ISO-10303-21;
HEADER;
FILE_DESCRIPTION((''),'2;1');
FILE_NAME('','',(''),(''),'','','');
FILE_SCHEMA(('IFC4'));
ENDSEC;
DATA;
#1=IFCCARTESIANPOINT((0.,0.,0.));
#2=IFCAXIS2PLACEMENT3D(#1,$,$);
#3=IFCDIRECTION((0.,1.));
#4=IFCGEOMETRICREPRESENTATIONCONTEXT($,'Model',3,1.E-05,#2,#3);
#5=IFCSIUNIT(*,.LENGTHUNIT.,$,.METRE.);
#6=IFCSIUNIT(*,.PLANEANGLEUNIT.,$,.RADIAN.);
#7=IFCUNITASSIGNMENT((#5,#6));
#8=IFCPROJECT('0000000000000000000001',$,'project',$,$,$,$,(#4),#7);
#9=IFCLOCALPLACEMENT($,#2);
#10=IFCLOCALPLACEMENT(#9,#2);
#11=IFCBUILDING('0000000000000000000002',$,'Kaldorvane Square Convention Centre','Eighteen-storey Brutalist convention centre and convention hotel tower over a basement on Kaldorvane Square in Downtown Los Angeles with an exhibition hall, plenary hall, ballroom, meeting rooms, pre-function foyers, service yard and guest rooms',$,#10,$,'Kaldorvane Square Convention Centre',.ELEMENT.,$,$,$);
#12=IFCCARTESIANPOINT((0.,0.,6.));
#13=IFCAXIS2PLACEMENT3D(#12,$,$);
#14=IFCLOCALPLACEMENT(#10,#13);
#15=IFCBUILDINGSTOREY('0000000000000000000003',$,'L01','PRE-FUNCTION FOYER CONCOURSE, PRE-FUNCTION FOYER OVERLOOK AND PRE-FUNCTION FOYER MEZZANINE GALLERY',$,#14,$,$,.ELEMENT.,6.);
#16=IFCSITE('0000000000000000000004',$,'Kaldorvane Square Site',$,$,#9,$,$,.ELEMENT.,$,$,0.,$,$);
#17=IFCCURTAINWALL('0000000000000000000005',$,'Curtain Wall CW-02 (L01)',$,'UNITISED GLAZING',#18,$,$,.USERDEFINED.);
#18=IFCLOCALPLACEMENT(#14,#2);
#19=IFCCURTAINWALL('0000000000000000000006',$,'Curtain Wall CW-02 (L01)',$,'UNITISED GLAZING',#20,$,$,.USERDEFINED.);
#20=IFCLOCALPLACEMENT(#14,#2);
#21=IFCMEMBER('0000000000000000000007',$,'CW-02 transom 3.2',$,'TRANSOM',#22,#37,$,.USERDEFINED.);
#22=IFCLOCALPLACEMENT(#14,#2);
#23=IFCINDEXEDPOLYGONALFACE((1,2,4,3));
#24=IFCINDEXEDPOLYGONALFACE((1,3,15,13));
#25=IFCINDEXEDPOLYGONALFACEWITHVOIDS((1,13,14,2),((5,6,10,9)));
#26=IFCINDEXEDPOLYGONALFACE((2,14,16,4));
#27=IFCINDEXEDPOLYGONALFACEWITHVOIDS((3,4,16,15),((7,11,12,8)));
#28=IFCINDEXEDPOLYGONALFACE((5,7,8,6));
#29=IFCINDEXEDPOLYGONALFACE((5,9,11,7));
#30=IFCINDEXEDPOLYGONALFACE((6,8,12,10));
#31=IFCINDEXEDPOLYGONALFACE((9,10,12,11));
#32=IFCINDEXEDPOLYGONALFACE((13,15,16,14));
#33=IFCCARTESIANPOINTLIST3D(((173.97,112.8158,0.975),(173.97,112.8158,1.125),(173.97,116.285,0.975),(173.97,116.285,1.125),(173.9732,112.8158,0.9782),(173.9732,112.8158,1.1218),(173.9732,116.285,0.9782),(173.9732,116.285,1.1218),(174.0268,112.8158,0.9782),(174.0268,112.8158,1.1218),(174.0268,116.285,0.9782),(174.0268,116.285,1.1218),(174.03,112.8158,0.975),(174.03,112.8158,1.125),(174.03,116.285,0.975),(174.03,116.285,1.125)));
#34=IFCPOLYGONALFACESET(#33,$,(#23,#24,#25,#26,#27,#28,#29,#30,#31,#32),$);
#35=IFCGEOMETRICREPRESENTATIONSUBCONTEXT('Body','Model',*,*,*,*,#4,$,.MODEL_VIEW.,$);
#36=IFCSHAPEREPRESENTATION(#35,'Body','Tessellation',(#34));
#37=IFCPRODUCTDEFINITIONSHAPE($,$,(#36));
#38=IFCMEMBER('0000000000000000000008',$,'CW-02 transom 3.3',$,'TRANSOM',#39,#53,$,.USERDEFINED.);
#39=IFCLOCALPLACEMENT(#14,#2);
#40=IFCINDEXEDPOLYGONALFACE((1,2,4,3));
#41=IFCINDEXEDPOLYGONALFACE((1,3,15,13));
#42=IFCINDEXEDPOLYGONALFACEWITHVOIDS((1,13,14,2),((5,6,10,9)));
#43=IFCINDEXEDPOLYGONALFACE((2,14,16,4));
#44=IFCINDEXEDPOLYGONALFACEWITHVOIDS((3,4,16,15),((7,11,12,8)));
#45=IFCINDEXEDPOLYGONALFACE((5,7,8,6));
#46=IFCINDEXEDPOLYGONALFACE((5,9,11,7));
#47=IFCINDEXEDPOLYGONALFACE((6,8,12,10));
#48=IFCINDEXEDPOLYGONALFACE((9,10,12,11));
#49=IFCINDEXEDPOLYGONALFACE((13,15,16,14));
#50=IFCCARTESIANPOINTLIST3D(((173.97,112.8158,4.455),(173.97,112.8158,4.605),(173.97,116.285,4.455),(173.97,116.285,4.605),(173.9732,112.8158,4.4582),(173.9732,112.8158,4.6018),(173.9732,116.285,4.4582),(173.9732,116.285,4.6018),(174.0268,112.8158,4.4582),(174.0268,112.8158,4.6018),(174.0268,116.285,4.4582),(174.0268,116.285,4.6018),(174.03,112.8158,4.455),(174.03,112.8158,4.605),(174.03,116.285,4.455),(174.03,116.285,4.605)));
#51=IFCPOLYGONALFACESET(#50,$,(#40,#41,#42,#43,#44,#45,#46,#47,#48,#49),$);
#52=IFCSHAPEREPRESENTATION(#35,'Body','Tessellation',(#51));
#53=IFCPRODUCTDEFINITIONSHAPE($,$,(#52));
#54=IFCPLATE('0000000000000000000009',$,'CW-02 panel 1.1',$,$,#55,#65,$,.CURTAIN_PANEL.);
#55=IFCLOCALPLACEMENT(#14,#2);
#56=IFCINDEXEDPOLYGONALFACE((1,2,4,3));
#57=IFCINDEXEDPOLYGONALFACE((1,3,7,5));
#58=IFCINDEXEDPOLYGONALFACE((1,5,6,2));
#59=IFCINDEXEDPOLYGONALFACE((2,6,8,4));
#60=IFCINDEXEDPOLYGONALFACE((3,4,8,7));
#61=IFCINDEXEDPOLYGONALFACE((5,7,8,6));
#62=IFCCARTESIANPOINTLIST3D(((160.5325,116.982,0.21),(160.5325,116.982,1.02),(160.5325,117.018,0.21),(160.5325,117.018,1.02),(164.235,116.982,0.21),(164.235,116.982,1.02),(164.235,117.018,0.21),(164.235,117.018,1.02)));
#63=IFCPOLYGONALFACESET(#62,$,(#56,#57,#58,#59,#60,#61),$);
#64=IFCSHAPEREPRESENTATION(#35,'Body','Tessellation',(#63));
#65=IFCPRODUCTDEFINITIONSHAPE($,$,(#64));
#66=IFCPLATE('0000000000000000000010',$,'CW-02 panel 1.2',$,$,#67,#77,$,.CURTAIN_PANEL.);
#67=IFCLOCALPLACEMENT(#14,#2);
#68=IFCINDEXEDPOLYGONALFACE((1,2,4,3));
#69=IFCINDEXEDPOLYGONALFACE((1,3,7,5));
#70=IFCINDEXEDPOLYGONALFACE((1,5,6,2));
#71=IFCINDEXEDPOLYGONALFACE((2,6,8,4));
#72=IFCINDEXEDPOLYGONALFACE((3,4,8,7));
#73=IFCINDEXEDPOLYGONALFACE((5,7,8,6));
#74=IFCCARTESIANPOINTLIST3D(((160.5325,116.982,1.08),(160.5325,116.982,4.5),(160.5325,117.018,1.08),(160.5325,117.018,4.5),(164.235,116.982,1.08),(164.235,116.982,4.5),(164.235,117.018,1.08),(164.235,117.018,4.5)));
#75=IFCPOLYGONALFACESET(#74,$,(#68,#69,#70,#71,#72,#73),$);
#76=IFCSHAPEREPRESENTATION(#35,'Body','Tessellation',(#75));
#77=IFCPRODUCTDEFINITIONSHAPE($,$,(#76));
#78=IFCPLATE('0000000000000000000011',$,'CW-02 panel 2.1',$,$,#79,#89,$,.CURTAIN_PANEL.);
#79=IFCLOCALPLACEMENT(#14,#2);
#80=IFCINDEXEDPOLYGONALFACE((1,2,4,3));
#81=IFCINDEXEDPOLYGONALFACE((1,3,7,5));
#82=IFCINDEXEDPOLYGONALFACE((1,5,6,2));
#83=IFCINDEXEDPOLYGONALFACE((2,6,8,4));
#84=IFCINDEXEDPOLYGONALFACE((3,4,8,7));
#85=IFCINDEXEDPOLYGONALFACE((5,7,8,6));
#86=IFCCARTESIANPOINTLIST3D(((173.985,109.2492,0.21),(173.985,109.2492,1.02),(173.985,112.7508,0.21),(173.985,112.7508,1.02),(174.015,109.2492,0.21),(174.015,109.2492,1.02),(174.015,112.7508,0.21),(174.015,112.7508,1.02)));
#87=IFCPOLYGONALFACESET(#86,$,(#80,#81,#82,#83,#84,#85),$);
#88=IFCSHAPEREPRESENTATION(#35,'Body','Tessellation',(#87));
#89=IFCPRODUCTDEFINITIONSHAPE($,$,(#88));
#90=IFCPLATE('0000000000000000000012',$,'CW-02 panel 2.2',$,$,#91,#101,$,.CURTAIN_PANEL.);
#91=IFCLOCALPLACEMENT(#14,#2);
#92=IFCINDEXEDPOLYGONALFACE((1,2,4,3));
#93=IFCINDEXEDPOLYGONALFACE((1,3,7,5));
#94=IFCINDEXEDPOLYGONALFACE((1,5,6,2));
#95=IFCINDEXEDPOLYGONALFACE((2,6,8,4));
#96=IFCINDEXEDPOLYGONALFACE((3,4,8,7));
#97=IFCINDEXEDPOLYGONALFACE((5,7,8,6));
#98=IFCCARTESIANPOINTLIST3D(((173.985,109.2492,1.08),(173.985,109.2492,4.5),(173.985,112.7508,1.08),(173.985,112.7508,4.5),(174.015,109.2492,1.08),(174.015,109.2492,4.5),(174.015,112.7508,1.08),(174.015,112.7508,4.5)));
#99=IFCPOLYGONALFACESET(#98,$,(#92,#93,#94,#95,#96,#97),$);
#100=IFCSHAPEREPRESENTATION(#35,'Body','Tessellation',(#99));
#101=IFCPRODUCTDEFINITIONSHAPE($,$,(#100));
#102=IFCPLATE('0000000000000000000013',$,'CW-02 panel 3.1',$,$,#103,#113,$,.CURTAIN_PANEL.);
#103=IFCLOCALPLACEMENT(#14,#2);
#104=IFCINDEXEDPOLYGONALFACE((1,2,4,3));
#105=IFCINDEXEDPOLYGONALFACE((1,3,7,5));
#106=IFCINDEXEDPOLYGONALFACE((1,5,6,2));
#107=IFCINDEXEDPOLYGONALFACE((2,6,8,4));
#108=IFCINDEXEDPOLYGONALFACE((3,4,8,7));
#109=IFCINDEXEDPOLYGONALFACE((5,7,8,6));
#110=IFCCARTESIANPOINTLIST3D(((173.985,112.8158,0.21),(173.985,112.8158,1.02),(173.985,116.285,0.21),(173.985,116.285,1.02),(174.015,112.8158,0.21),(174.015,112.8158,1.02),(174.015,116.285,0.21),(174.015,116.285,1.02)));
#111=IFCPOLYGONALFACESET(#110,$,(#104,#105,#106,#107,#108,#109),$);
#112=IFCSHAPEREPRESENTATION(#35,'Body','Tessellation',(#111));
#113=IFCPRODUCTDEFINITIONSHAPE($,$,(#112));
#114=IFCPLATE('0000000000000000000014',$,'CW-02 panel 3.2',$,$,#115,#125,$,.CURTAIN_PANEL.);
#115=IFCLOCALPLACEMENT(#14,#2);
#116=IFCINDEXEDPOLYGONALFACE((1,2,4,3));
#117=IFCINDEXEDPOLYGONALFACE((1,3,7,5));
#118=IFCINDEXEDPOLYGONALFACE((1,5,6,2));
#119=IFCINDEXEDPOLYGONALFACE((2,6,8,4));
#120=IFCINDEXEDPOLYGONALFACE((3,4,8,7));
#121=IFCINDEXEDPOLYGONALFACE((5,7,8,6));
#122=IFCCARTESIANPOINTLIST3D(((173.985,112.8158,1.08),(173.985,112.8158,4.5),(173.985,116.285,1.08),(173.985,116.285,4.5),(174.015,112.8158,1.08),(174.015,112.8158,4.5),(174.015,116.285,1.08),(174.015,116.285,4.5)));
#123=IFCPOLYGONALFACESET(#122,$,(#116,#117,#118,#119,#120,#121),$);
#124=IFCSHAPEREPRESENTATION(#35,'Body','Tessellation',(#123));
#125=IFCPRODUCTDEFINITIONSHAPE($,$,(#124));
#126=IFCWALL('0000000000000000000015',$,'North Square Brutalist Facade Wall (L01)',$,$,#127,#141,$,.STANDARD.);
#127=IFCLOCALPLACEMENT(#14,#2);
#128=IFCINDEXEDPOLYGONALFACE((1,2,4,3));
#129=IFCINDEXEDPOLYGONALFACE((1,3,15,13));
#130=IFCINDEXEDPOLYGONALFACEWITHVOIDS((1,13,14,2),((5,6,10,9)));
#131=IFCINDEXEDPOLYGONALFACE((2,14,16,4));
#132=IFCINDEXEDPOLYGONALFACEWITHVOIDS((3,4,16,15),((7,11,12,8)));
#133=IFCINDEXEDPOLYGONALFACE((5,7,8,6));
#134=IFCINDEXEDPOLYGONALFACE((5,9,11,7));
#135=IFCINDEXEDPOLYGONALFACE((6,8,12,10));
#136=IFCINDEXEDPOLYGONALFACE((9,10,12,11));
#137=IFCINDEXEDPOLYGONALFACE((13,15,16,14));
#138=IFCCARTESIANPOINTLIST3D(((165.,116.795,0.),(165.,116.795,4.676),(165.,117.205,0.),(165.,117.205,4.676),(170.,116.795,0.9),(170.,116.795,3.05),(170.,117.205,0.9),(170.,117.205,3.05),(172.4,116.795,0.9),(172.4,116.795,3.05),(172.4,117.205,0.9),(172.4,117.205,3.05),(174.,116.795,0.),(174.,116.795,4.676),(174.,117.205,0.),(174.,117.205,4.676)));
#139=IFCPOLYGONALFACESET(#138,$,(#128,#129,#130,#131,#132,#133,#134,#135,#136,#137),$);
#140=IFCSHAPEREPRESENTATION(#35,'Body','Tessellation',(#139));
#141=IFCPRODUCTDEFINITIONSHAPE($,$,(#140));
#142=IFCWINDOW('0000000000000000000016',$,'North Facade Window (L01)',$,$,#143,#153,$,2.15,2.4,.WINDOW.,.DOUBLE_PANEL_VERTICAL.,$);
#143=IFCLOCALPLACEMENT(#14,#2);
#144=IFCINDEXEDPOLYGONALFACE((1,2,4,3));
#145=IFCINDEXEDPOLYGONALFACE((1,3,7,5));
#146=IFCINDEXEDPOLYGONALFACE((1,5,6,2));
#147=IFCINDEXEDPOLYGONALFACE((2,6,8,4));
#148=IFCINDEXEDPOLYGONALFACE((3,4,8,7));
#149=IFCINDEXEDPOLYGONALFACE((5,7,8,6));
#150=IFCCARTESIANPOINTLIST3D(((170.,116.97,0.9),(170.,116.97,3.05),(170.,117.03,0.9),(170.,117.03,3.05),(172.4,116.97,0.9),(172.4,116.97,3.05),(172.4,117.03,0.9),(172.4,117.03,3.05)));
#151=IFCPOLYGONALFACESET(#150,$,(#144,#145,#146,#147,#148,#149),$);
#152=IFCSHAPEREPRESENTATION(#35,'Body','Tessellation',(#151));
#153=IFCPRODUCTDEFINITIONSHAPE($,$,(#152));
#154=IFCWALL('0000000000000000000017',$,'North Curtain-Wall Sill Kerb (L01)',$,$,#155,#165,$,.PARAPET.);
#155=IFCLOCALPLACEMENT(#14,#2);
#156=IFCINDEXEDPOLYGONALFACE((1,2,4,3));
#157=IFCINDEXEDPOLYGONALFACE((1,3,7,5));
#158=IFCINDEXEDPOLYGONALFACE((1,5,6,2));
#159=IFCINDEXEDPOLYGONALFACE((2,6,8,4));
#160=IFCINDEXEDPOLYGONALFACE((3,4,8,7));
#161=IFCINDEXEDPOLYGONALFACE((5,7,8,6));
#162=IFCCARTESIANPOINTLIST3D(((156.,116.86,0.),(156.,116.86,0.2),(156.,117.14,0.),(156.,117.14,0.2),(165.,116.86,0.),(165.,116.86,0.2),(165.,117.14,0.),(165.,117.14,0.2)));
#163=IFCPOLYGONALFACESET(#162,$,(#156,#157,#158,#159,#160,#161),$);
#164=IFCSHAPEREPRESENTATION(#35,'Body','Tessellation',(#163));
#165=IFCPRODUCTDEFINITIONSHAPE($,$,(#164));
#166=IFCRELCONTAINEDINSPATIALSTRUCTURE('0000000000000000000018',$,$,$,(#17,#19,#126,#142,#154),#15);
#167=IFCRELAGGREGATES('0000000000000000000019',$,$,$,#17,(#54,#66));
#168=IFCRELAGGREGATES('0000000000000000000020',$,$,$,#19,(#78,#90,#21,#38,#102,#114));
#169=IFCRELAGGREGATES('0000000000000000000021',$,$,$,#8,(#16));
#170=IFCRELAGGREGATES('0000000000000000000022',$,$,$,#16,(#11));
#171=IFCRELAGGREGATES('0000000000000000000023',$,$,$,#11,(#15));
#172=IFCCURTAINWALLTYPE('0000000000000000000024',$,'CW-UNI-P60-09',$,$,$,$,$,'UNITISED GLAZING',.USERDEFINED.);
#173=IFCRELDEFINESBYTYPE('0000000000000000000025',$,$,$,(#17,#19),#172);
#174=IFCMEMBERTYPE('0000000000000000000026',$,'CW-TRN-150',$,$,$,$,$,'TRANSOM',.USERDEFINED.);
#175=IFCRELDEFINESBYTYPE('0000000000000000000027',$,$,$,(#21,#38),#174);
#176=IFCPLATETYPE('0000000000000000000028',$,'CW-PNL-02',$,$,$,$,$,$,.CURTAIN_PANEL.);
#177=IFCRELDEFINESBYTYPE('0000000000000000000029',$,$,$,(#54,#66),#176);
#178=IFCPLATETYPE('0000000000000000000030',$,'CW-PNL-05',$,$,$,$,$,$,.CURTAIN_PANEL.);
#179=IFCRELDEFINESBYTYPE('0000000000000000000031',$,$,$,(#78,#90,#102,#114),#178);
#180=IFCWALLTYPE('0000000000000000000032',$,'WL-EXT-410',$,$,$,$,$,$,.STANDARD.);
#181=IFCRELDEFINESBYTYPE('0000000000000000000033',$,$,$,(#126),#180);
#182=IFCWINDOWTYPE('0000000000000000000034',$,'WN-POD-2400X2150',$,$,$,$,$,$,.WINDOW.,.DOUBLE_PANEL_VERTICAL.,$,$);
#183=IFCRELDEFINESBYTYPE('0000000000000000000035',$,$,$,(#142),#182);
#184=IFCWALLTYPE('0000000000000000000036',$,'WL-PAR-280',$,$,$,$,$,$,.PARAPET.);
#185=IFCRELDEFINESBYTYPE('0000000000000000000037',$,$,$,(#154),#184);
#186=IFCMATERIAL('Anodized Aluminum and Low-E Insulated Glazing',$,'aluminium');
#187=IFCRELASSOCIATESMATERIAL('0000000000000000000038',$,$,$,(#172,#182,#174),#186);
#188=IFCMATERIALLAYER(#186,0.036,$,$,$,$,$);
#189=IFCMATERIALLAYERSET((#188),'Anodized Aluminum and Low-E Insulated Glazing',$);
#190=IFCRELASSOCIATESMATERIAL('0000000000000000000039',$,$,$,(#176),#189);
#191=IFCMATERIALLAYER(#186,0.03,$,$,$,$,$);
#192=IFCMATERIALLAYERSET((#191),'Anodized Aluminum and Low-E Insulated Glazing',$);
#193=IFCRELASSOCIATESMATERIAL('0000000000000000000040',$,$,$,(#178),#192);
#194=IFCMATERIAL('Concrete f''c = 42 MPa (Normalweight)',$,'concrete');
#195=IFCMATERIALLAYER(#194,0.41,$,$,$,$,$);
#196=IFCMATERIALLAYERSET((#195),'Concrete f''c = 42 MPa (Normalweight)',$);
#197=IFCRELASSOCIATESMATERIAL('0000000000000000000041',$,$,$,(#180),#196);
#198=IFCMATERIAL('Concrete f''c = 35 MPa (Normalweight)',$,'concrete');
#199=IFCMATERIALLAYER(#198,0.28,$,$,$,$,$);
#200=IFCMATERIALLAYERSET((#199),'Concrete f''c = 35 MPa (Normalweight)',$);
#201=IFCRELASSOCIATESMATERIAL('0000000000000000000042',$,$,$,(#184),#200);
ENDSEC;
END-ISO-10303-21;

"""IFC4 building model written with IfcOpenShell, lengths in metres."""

from ifc_helpers import new_model, si_unit, direction, frame, frame_2d, origin, origin_2d, place, context, subcontext, project, spatial, rectangle, hollow_rectangle, extrude, material, layer, layer_set, material_profile, profile_set, type_object, element, fill, aggregate, save


model = new_model("IFC4")

# Units and contexts
model_context = context("Model", 3, precision=1e-05, world=origin(), true_north=direction((0.0, 1.0)))
body_context = subcontext(model_context, "Body", "Model", "MODEL_VIEW")
ifc_project = project(units=[si_unit("LENGTHUNIT", "METRE"), si_unit("PLANEANGLEUNIT", "RADIAN")], contexts=[model_context])

# Site, building, storey
site_placement = place(None, origin())
site = spatial("IfcSite", under=ifc_project, at=site_placement, Name="Kaldorvane Square Site", CompositionType="ELEMENT", RefElevation=0.0)
building_placement = place(site_placement, origin())
building = spatial("IfcBuilding", under=site, at=building_placement, Name="Kaldorvane Square Convention Centre", Description="Eighteen-storey Brutalist convention centre and convention hotel tower over a basement on Kaldorvane Square in Downtown Los Angeles with an exhibition hall, plenary hall, ballroom, meeting rooms, pre-function foyers, service yard and guest rooms", LongName="Kaldorvane Square Convention Centre", CompositionType="ELEMENT")
storey_placement = place(building_placement, frame((0.0, 0.0, 6.0)))
storey = spatial("IfcBuildingStorey", under=building, at=storey_placement, Name="L01", Description="PRE-FUNCTION FOYER CONCOURSE, PRE-FUNCTION FOYER OVERLOOK AND PRE-FUNCTION FOYER MEZZANINE GALLERY", CompositionType="ELEMENT", Elevation=6.0)

# Shared definitions
ifc_material_1 = material(Name="Concrete f'c = 42 MPa (Normalweight)", Category="concrete")

# Curtain walls
ifc_material_2 = material(Name="Anodized Aluminum and Low-E Insulated Glazing", Category="aluminium")
curtain_wall_type = type_object("IfcCurtainWallType", Name="CW-UNI-P60-09", ElementType="UNITISED GLAZING", PredefinedType="USERDEFINED", material=ifc_material_2)
curtain_wall_1_placement = place(storey_placement, origin())
curtain_wall_1 = element("IfcCurtainWall", 1, at=curtain_wall_1_placement, inside=storey, type_object=curtain_wall_type, Name="Curtain Wall CW-02 (L01)", ObjectType="UNITISED GLAZING", PredefinedType="USERDEFINED")
curtain_wall_2_placement = place(storey_placement, origin())
curtain_wall_2 = element("IfcCurtainWall", 2, at=curtain_wall_2_placement, inside=storey, type_object=curtain_wall_type, Name="Curtain Wall CW-02 (L01)", ObjectType="UNITISED GLAZING", PredefinedType="USERDEFINED")

# Members
ifc_material_profile_1 = material_profile(ifc_material_2, hollow_rectangle(XDim=0.06, YDim=0.15, WallThickness=0.0032, at=origin_2d()), Name="CWT-150X60")
ifc_profile_set_1 = profile_set([ifc_material_profile_1], Name="Anodized Aluminum and Low-E Insulated Glazing")
member_type_1 = type_object("IfcMemberType", Name="CW-TRN-150", ElementType="TRANSOM", PredefinedType="USERDEFINED", material=ifc_profile_set_1)
member_1_placement = place(storey_placement, frame((174.0, 112.8158, 1.05), z_axis=(0.0, 1.0, 0.0), x_axis=(-1.0, 0.0, 0.0)))
member_1 = element("IfcMember", 3, at=member_1_placement, type_object=member_type_1, Name="CW-02 transom 3.2", ObjectType="TRANSOM", PredefinedType="USERDEFINED", context=body_context, shape_type="SweptSolid", body=[
    extrude(hollow_rectangle(XDim=0.06, YDim=0.15, WallThickness=0.0032, at=origin_2d()), origin(), (0.0, 0.0, 1.0), 3.4692),
])
member_2_placement = place(storey_placement, frame((174.0, 112.8158, 4.53), z_axis=(0.0, 1.0, 0.0), x_axis=(-1.0, 0.0, 0.0)))
member_2 = element("IfcMember", 4, at=member_2_placement, type_object=member_type_1, Name="CW-02 transom 3.3", ObjectType="TRANSOM", PredefinedType="USERDEFINED", context=body_context, shape_type="SweptSolid", body=[
    extrude(hollow_rectangle(XDim=0.06, YDim=0.15, WallThickness=0.0032, at=origin_2d()), origin(), (0.0, 0.0, 1.0), 3.4692),
])

# Plates
ifc_layer_1 = layer(ifc_material_2, 0.036)
ifc_layer_set_1 = layer_set([ifc_layer_1], Name="Anodized Aluminum and Low-E Insulated Glazing")
plate_type_1 = type_object("IfcPlateType", Name="CW-PNL-02", PredefinedType="CURTAIN_PANEL", material=ifc_layer_set_1)
plate_1_placement = place(storey_placement, frame((162.3837, 117.0, 0.21), z_axis=(0.0, 0.0, 1.0), x_axis=(-1.0, 0.0, 0.0)))
plate_1 = element("IfcPlate", 5, at=plate_1_placement, type_object=plate_type_1, Name="CW-02 panel 1.1", PredefinedType="CURTAIN_PANEL", context=body_context, shape_type="SweptSolid", body=[
    extrude(rectangle(XDim=3.7025, YDim=0.036, at=origin_2d()), origin(), (0.0, 0.0, 1.0), 0.81),
])
plate_2_placement = place(storey_placement, frame((162.3837, 117.0, 1.08), z_axis=(0.0, 0.0, 1.0), x_axis=(-1.0, 0.0, 0.0)))
plate_2 = element("IfcPlate", 6, at=plate_2_placement, type_object=plate_type_1, Name="CW-02 panel 1.2", PredefinedType="CURTAIN_PANEL", context=body_context, shape_type="SweptSolid", body=[
    extrude(rectangle(XDim=3.7025, YDim=0.036, at=origin_2d()), origin(), (0.0, 0.0, 1.0), 3.42),
])
aggregate(curtain_wall_1, [plate_1, plate_2])
ifc_layer_2 = layer(ifc_material_2, 0.03)
ifc_layer_set_2 = layer_set([ifc_layer_2], Name="Anodized Aluminum and Low-E Insulated Glazing")
plate_type_2 = type_object("IfcPlateType", Name="CW-PNL-05", PredefinedType="CURTAIN_PANEL", material=ifc_layer_set_2)
plate_3_placement = place(storey_placement, frame((174.0, 111.0, 0.21), z_axis=(0.0, 0.0, 1.0), x_axis=(0.0, 1.0, 0.0)))
plate_3 = element("IfcPlate", 7, at=plate_3_placement, type_object=plate_type_2, Name="CW-02 panel 2.1", PredefinedType="CURTAIN_PANEL", context=body_context, shape_type="SweptSolid", body=[
    extrude(rectangle(XDim=3.5017, YDim=0.03, at=origin_2d()), origin(), (0.0, 0.0, 1.0), 0.81),
])
plate_4_placement = place(storey_placement, frame((174.0, 111.0, 1.08), z_axis=(0.0, 0.0, 1.0), x_axis=(0.0, 1.0, 0.0)))
plate_4 = element("IfcPlate", 8, at=plate_4_placement, type_object=plate_type_2, Name="CW-02 panel 2.2", PredefinedType="CURTAIN_PANEL", context=body_context, shape_type="SweptSolid", body=[
    extrude(rectangle(XDim=3.5017, YDim=0.03, at=origin_2d()), origin(), (0.0, 0.0, 1.0), 3.42),
])
plate_5_placement = place(storey_placement, frame((174.0, 114.5504, 0.21), z_axis=(0.0, 0.0, 1.0), x_axis=(0.0, 1.0, 0.0)))
plate_5 = element("IfcPlate", 9, at=plate_5_placement, type_object=plate_type_2, Name="CW-02 panel 3.1", PredefinedType="CURTAIN_PANEL", context=body_context, shape_type="SweptSolid", body=[
    extrude(rectangle(XDim=3.4692, YDim=0.03, at=origin_2d()), origin(), (0.0, 0.0, 1.0), 0.81),
])
plate_6_placement = place(storey_placement, frame((174.0, 114.5504, 1.08), z_axis=(0.0, 0.0, 1.0), x_axis=(0.0, 1.0, 0.0)))
plate_6 = element("IfcPlate", 10, at=plate_6_placement, type_object=plate_type_2, Name="CW-02 panel 3.2", PredefinedType="CURTAIN_PANEL", context=body_context, shape_type="SweptSolid", body=[
    extrude(rectangle(XDim=3.4692, YDim=0.03, at=origin_2d()), origin(), (0.0, 0.0, 1.0), 3.42),
])
aggregate(curtain_wall_2, [plate_3, plate_4, member_1, member_2, plate_5, plate_6])

# Wall, opening, window
ifc_layer_3 = layer(ifc_material_1, 0.41)
ifc_layer_set_3 = layer_set([ifc_layer_3], Name="Concrete f'c = 42 MPa (Normalweight)")
wall_type_1 = type_object("IfcWallType", Name="WL-EXT-410", PredefinedType="STANDARD", material=ifc_layer_set_3)
wall_1_placement = place(storey_placement, frame((174.0, 117.0, 0.0), z_axis=(0.0, 0.0, 1.0), x_axis=(-1.0, 0.0, 0.0)))
wall_1 = element("IfcWall", 11, at=wall_1_placement, inside=storey, type_object=wall_type_1, Name="North Square Brutalist Facade Wall (L01)", PredefinedType="STANDARD", context=body_context, shape_type="SweptSolid", body=[
    extrude(rectangle(XDim=9.0, YDim=0.41, at=frame_2d((4.5, 0.0))), origin(), (0.0, 0.0, 1.0), 4.676),
])
opening_placement = place(wall_1_placement, frame((1.6, 0.0, 0.9)))
opening = element("IfcOpeningElement", 12, at=opening_placement, cuts=wall_1, PredefinedType="OPENING", context=body_context, shape_type="SweptSolid", body=[
    extrude(rectangle(XDim=2.4, YDim=2.15, at=frame_2d((1.2, 1.075))), frame((0.0, 0.22, 0.0), z_axis=(0.0, -1.0, 0.0), x_axis=(1.0, 0.0, 0.0)), (0.0, 0.0, 1.0), 0.44),
])
window_type = type_object("IfcWindowType", Name="WN-POD-2400X2150", PartitioningType="DOUBLE_PANEL_VERTICAL", PredefinedType="WINDOW", material=ifc_material_2)
window_placement = place(opening_placement, origin())
window = element("IfcWindow", 13, at=window_placement, inside=storey, type_object=window_type, Name="North Facade Window (L01)", OverallHeight=2.15, OverallWidth=2.4, PartitioningType="DOUBLE_PANEL_VERTICAL", PredefinedType="WINDOW", context=body_context, shape_type="SweptSolid", body=[
    extrude(rectangle(XDim=2.4, YDim=2.15, at=frame_2d((1.2, 1.075))), frame((0.0, 0.03, 0.0), z_axis=(0.0, -1.0, 0.0), x_axis=(1.0, 0.0, 0.0)), (0.0, 0.0, 1.0), 0.06),
])
fill(opening, window)

# Wall
ifc_material_3 = material(Name="Concrete f'c = 35 MPa (Normalweight)", Category="concrete")
ifc_layer_4 = layer(ifc_material_3, 0.28)
ifc_layer_set_4 = layer_set([ifc_layer_4], Name="Concrete f'c = 35 MPa (Normalweight)")
wall_type_2 = type_object("IfcWallType", Name="WL-PAR-280", PredefinedType="PARAPET", material=ifc_layer_set_4)
wall_2_placement = place(storey_placement, frame((165.0, 117.0, 0.0), z_axis=(0.0, 0.0, 1.0), x_axis=(-1.0, 0.0, 0.0)))
element("IfcWall", 14, at=wall_2_placement, inside=storey, type_object=wall_type_2, Name="North Curtain-Wall Sill Kerb (L01)", PredefinedType="PARAPET", context=body_context, shape_type="SweptSolid", body=[
    extrude(rectangle(XDim=9.0, YDim=0.28, at=frame_2d((4.5, 0.0))), origin(), (0.0, 0.0, 1.0), 0.2),
])

save(model, "model.ifc")
